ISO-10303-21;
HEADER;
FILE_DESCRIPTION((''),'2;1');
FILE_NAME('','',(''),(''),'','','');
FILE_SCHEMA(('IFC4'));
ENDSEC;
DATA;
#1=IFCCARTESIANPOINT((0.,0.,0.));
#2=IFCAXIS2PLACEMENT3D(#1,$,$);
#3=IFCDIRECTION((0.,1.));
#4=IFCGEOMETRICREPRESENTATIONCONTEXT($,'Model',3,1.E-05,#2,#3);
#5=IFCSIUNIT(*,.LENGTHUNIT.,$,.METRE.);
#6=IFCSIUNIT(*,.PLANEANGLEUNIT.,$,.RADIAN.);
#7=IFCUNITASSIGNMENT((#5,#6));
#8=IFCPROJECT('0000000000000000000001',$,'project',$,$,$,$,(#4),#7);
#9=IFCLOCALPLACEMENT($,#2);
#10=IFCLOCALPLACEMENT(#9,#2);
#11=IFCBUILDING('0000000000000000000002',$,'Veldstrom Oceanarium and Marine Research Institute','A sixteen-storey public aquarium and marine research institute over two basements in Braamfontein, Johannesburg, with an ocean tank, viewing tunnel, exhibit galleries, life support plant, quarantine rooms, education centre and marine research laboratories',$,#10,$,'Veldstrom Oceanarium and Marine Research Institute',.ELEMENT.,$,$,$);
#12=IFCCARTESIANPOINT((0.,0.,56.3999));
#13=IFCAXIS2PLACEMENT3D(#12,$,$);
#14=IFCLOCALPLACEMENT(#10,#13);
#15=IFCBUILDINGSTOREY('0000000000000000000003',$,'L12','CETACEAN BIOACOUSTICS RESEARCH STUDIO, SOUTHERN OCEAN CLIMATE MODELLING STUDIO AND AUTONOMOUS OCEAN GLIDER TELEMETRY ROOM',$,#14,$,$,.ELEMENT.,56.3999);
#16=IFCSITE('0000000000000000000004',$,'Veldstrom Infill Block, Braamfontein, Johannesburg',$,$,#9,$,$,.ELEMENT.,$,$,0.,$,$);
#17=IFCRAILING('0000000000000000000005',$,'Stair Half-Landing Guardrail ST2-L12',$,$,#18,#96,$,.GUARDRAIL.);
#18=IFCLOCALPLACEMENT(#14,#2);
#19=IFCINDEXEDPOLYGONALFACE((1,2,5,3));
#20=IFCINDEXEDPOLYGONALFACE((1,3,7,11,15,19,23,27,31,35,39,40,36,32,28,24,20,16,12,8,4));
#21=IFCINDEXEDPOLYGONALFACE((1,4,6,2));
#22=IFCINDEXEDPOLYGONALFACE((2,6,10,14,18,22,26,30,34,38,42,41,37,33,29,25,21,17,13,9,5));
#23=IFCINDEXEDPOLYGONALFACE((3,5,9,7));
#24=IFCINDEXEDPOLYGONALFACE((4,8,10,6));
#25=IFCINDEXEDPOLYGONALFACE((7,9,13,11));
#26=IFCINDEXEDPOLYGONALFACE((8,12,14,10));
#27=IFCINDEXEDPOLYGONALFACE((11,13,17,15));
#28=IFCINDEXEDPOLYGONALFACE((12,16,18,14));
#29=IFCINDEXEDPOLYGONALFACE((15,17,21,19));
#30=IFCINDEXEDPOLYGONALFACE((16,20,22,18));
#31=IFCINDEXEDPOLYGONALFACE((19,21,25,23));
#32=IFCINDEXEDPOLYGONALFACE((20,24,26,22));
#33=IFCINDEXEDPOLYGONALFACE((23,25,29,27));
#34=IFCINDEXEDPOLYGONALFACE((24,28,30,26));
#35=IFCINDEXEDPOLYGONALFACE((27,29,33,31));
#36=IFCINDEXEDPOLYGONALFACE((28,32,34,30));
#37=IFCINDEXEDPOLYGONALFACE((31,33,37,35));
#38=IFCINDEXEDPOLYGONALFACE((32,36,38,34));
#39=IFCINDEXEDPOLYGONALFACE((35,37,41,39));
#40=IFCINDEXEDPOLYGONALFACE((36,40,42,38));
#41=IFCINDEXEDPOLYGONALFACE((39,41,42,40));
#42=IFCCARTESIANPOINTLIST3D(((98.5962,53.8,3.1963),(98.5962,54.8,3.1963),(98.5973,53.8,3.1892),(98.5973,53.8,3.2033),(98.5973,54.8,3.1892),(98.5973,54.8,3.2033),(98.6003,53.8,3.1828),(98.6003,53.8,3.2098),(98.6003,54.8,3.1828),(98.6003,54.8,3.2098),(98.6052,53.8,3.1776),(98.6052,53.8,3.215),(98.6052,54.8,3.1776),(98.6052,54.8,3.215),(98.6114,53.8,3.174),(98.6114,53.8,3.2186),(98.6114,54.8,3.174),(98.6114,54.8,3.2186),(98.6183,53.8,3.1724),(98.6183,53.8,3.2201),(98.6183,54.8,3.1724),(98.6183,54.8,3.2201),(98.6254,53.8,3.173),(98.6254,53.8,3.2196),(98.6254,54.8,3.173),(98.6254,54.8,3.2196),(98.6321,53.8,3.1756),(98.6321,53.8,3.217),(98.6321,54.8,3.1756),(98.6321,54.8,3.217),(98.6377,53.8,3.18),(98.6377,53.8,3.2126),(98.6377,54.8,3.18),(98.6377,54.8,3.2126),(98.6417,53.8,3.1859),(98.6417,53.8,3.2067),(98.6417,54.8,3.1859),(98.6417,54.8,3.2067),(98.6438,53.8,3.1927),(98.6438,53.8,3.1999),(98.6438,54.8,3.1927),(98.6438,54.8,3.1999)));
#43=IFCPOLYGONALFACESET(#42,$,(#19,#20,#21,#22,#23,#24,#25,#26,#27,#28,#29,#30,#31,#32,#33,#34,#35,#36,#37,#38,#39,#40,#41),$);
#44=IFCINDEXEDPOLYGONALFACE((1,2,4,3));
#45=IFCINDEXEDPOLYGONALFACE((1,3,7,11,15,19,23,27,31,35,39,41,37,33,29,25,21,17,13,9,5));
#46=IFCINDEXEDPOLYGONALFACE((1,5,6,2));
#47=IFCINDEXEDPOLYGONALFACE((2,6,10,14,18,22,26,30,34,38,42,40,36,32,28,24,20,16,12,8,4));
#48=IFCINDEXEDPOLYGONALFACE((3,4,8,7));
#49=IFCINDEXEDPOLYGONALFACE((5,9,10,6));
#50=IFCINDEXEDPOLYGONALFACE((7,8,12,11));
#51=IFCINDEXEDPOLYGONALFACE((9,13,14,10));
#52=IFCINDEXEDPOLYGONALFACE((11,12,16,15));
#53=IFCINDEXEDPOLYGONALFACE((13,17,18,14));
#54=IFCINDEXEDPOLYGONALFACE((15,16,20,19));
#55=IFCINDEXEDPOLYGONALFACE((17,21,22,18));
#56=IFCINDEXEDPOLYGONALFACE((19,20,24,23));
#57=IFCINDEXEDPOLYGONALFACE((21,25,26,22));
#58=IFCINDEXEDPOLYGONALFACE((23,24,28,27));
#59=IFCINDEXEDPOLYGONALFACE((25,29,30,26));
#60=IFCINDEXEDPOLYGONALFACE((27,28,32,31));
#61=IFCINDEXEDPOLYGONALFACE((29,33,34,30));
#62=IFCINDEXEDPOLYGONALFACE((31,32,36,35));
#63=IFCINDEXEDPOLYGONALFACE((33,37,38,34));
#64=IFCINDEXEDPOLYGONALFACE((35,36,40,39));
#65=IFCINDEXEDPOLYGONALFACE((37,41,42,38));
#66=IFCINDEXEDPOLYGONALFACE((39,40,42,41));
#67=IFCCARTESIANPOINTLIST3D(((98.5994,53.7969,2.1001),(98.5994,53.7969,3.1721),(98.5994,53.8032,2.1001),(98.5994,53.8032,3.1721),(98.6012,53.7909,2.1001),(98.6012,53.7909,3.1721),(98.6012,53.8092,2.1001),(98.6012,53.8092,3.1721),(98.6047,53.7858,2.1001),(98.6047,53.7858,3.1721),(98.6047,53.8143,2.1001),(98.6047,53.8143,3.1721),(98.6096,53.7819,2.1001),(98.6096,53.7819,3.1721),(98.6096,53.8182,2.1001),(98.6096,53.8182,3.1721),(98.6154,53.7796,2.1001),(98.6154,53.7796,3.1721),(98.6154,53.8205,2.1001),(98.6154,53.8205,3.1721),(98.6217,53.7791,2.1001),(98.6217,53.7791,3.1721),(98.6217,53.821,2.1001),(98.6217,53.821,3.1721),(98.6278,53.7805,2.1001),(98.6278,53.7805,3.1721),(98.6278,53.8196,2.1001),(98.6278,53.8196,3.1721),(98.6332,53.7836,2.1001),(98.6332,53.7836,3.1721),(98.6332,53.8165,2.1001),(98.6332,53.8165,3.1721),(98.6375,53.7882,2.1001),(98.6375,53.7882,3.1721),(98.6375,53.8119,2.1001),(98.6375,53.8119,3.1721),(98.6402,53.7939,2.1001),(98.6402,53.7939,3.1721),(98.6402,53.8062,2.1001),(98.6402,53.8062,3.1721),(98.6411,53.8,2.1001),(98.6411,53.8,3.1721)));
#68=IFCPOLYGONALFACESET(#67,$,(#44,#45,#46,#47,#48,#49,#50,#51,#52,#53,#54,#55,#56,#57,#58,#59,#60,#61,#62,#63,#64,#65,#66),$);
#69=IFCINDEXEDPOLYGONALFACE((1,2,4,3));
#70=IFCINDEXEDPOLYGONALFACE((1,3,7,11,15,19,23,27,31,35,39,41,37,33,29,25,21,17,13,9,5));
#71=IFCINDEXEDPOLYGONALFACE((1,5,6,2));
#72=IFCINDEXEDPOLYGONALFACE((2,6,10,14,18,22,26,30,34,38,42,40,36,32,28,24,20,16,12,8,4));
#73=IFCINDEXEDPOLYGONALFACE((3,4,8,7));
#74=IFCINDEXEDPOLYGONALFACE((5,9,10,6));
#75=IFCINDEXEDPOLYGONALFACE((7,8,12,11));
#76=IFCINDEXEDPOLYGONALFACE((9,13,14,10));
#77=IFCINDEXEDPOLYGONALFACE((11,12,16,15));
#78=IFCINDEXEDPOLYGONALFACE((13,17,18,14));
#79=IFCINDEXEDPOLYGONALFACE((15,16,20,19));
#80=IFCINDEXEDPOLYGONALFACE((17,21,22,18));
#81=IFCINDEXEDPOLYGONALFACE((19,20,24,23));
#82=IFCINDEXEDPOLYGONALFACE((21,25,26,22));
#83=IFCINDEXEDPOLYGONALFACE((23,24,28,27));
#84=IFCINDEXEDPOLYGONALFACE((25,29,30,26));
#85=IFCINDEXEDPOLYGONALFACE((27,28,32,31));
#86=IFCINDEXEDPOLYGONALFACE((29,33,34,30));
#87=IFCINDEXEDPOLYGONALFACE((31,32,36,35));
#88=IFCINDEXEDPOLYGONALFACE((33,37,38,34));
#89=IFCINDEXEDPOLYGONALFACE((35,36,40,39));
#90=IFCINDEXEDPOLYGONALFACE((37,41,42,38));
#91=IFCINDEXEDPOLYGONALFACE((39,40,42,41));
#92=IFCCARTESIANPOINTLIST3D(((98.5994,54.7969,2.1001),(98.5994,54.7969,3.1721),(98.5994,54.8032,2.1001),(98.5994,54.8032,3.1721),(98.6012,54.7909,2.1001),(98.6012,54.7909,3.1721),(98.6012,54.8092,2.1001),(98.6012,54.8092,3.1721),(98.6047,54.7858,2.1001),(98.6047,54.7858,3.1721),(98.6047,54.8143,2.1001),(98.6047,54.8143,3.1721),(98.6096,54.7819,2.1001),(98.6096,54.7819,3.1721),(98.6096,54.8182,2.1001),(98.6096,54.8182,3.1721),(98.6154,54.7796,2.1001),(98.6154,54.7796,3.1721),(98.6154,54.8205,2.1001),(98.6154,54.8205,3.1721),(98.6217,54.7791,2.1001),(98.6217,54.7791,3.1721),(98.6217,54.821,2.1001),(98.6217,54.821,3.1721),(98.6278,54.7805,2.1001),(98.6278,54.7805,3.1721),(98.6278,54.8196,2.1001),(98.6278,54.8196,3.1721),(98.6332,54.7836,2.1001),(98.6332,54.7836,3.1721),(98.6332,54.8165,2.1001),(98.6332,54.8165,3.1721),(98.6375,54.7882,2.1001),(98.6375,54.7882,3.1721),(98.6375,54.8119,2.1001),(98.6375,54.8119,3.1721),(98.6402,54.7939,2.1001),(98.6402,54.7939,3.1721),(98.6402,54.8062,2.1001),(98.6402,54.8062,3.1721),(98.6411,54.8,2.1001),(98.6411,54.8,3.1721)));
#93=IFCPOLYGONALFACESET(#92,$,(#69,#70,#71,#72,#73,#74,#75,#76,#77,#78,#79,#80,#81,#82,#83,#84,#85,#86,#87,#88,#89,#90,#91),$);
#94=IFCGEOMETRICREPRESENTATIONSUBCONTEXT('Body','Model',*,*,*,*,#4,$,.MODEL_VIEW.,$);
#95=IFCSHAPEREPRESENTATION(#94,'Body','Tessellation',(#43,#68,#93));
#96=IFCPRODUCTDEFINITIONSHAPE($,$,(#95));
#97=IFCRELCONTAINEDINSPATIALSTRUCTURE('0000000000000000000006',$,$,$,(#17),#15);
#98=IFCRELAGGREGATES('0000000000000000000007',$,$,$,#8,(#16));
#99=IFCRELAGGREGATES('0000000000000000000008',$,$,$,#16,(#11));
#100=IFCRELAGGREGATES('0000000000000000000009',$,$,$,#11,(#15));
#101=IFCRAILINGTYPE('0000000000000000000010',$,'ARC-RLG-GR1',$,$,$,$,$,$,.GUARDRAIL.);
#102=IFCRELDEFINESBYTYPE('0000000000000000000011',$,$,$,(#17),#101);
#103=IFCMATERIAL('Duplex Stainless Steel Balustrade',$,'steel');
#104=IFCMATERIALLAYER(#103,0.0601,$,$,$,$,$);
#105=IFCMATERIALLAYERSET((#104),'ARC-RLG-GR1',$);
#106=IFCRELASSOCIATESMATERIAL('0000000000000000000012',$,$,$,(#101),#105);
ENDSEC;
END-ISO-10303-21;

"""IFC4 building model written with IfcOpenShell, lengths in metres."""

from ifc_helpers import new_model, si_unit, direction, frame, origin, origin_2d, place, context, subcontext, project, spatial, circle, extrude, material, layer, layer_set, type_object, element, save


model = new_model("IFC4")

# Units and contexts
model_context = context("Model", 3, precision=1e-05, world=origin(), true_north=direction((0.0, 1.0)))
body_context = subcontext(model_context, "Body", "Model", "MODEL_VIEW")
ifc_project = project(units=[si_unit("LENGTHUNIT", "METRE"), si_unit("PLANEANGLEUNIT", "RADIAN")], contexts=[model_context])

# Site, building, storey
site_placement = place(None, origin())
site = spatial("IfcSite", under=ifc_project, at=site_placement, Name="Veldstrom Infill Block, Braamfontein, Johannesburg", CompositionType="ELEMENT", RefElevation=0.0)
building_placement = place(site_placement, origin())
building = spatial("IfcBuilding", under=site, at=building_placement, Name="Veldstrom Oceanarium and Marine Research Institute", Description="A sixteen-storey public aquarium and marine research institute over two basements in Braamfontein, Johannesburg, with an ocean tank, viewing tunnel, exhibit galleries, life support plant, quarantine rooms, education centre and marine research laboratories", LongName="Veldstrom Oceanarium and Marine Research Institute", CompositionType="ELEMENT")
storey_placement = place(building_placement, frame((0.0, 0.0, 56.3999)))
storey = spatial("IfcBuildingStorey", under=building, at=storey_placement, Name="L12", Description="CETACEAN BIOACOUSTICS RESEARCH STUDIO, SOUTHERN OCEAN CLIMATE MODELLING STUDIO AND AUTONOMOUS OCEAN GLIDER TELEMETRY ROOM", CompositionType="ELEMENT", Elevation=56.3999)

# Railing
ifc_material_1 = material(Name="Duplex Stainless Steel Balustrade", Category="steel")
ifc_layer_1 = layer(ifc_material_1, 0.0601)
ifc_layer_set_1 = layer_set([ifc_layer_1], Name="ARC-RLG-GR1")
railing_type_1 = type_object("IfcRailingType", Name="ARC-RLG-GR1", PredefinedType="GUARDRAIL", material=ifc_layer_set_1)
railing_1_placement = place(storey_placement, frame((98.6201, 53.8, 2.1001)))
element("IfcRailing", 1, at=railing_1_placement, inside=storey, type_object=railing_type_1, Name="Stair Half-Landing Guardrail ST2-L12", PredefinedType="GUARDRAIL", context=body_context, shape_type="SweptSolid", body=[
    extrude(circle(Radius=0.0239, at=origin_2d()), frame((0.0, 0.0, 1.0962), z_axis=(0.0, 1.0, 0.0), x_axis=(-1.0, 0.0, 0.0)), (0.0, 0.0, 1.0), 1.0),
    extrude(circle(Radius=0.021, at=origin_2d()), origin(), (0.0, 0.0, 1.0), 1.072),
    extrude(circle(Radius=0.021, at=origin_2d()), frame((0.0, 1.0, 0.0)), (0.0, 0.0, 1.0), 1.072),
])

save(model, "model.ifc")
